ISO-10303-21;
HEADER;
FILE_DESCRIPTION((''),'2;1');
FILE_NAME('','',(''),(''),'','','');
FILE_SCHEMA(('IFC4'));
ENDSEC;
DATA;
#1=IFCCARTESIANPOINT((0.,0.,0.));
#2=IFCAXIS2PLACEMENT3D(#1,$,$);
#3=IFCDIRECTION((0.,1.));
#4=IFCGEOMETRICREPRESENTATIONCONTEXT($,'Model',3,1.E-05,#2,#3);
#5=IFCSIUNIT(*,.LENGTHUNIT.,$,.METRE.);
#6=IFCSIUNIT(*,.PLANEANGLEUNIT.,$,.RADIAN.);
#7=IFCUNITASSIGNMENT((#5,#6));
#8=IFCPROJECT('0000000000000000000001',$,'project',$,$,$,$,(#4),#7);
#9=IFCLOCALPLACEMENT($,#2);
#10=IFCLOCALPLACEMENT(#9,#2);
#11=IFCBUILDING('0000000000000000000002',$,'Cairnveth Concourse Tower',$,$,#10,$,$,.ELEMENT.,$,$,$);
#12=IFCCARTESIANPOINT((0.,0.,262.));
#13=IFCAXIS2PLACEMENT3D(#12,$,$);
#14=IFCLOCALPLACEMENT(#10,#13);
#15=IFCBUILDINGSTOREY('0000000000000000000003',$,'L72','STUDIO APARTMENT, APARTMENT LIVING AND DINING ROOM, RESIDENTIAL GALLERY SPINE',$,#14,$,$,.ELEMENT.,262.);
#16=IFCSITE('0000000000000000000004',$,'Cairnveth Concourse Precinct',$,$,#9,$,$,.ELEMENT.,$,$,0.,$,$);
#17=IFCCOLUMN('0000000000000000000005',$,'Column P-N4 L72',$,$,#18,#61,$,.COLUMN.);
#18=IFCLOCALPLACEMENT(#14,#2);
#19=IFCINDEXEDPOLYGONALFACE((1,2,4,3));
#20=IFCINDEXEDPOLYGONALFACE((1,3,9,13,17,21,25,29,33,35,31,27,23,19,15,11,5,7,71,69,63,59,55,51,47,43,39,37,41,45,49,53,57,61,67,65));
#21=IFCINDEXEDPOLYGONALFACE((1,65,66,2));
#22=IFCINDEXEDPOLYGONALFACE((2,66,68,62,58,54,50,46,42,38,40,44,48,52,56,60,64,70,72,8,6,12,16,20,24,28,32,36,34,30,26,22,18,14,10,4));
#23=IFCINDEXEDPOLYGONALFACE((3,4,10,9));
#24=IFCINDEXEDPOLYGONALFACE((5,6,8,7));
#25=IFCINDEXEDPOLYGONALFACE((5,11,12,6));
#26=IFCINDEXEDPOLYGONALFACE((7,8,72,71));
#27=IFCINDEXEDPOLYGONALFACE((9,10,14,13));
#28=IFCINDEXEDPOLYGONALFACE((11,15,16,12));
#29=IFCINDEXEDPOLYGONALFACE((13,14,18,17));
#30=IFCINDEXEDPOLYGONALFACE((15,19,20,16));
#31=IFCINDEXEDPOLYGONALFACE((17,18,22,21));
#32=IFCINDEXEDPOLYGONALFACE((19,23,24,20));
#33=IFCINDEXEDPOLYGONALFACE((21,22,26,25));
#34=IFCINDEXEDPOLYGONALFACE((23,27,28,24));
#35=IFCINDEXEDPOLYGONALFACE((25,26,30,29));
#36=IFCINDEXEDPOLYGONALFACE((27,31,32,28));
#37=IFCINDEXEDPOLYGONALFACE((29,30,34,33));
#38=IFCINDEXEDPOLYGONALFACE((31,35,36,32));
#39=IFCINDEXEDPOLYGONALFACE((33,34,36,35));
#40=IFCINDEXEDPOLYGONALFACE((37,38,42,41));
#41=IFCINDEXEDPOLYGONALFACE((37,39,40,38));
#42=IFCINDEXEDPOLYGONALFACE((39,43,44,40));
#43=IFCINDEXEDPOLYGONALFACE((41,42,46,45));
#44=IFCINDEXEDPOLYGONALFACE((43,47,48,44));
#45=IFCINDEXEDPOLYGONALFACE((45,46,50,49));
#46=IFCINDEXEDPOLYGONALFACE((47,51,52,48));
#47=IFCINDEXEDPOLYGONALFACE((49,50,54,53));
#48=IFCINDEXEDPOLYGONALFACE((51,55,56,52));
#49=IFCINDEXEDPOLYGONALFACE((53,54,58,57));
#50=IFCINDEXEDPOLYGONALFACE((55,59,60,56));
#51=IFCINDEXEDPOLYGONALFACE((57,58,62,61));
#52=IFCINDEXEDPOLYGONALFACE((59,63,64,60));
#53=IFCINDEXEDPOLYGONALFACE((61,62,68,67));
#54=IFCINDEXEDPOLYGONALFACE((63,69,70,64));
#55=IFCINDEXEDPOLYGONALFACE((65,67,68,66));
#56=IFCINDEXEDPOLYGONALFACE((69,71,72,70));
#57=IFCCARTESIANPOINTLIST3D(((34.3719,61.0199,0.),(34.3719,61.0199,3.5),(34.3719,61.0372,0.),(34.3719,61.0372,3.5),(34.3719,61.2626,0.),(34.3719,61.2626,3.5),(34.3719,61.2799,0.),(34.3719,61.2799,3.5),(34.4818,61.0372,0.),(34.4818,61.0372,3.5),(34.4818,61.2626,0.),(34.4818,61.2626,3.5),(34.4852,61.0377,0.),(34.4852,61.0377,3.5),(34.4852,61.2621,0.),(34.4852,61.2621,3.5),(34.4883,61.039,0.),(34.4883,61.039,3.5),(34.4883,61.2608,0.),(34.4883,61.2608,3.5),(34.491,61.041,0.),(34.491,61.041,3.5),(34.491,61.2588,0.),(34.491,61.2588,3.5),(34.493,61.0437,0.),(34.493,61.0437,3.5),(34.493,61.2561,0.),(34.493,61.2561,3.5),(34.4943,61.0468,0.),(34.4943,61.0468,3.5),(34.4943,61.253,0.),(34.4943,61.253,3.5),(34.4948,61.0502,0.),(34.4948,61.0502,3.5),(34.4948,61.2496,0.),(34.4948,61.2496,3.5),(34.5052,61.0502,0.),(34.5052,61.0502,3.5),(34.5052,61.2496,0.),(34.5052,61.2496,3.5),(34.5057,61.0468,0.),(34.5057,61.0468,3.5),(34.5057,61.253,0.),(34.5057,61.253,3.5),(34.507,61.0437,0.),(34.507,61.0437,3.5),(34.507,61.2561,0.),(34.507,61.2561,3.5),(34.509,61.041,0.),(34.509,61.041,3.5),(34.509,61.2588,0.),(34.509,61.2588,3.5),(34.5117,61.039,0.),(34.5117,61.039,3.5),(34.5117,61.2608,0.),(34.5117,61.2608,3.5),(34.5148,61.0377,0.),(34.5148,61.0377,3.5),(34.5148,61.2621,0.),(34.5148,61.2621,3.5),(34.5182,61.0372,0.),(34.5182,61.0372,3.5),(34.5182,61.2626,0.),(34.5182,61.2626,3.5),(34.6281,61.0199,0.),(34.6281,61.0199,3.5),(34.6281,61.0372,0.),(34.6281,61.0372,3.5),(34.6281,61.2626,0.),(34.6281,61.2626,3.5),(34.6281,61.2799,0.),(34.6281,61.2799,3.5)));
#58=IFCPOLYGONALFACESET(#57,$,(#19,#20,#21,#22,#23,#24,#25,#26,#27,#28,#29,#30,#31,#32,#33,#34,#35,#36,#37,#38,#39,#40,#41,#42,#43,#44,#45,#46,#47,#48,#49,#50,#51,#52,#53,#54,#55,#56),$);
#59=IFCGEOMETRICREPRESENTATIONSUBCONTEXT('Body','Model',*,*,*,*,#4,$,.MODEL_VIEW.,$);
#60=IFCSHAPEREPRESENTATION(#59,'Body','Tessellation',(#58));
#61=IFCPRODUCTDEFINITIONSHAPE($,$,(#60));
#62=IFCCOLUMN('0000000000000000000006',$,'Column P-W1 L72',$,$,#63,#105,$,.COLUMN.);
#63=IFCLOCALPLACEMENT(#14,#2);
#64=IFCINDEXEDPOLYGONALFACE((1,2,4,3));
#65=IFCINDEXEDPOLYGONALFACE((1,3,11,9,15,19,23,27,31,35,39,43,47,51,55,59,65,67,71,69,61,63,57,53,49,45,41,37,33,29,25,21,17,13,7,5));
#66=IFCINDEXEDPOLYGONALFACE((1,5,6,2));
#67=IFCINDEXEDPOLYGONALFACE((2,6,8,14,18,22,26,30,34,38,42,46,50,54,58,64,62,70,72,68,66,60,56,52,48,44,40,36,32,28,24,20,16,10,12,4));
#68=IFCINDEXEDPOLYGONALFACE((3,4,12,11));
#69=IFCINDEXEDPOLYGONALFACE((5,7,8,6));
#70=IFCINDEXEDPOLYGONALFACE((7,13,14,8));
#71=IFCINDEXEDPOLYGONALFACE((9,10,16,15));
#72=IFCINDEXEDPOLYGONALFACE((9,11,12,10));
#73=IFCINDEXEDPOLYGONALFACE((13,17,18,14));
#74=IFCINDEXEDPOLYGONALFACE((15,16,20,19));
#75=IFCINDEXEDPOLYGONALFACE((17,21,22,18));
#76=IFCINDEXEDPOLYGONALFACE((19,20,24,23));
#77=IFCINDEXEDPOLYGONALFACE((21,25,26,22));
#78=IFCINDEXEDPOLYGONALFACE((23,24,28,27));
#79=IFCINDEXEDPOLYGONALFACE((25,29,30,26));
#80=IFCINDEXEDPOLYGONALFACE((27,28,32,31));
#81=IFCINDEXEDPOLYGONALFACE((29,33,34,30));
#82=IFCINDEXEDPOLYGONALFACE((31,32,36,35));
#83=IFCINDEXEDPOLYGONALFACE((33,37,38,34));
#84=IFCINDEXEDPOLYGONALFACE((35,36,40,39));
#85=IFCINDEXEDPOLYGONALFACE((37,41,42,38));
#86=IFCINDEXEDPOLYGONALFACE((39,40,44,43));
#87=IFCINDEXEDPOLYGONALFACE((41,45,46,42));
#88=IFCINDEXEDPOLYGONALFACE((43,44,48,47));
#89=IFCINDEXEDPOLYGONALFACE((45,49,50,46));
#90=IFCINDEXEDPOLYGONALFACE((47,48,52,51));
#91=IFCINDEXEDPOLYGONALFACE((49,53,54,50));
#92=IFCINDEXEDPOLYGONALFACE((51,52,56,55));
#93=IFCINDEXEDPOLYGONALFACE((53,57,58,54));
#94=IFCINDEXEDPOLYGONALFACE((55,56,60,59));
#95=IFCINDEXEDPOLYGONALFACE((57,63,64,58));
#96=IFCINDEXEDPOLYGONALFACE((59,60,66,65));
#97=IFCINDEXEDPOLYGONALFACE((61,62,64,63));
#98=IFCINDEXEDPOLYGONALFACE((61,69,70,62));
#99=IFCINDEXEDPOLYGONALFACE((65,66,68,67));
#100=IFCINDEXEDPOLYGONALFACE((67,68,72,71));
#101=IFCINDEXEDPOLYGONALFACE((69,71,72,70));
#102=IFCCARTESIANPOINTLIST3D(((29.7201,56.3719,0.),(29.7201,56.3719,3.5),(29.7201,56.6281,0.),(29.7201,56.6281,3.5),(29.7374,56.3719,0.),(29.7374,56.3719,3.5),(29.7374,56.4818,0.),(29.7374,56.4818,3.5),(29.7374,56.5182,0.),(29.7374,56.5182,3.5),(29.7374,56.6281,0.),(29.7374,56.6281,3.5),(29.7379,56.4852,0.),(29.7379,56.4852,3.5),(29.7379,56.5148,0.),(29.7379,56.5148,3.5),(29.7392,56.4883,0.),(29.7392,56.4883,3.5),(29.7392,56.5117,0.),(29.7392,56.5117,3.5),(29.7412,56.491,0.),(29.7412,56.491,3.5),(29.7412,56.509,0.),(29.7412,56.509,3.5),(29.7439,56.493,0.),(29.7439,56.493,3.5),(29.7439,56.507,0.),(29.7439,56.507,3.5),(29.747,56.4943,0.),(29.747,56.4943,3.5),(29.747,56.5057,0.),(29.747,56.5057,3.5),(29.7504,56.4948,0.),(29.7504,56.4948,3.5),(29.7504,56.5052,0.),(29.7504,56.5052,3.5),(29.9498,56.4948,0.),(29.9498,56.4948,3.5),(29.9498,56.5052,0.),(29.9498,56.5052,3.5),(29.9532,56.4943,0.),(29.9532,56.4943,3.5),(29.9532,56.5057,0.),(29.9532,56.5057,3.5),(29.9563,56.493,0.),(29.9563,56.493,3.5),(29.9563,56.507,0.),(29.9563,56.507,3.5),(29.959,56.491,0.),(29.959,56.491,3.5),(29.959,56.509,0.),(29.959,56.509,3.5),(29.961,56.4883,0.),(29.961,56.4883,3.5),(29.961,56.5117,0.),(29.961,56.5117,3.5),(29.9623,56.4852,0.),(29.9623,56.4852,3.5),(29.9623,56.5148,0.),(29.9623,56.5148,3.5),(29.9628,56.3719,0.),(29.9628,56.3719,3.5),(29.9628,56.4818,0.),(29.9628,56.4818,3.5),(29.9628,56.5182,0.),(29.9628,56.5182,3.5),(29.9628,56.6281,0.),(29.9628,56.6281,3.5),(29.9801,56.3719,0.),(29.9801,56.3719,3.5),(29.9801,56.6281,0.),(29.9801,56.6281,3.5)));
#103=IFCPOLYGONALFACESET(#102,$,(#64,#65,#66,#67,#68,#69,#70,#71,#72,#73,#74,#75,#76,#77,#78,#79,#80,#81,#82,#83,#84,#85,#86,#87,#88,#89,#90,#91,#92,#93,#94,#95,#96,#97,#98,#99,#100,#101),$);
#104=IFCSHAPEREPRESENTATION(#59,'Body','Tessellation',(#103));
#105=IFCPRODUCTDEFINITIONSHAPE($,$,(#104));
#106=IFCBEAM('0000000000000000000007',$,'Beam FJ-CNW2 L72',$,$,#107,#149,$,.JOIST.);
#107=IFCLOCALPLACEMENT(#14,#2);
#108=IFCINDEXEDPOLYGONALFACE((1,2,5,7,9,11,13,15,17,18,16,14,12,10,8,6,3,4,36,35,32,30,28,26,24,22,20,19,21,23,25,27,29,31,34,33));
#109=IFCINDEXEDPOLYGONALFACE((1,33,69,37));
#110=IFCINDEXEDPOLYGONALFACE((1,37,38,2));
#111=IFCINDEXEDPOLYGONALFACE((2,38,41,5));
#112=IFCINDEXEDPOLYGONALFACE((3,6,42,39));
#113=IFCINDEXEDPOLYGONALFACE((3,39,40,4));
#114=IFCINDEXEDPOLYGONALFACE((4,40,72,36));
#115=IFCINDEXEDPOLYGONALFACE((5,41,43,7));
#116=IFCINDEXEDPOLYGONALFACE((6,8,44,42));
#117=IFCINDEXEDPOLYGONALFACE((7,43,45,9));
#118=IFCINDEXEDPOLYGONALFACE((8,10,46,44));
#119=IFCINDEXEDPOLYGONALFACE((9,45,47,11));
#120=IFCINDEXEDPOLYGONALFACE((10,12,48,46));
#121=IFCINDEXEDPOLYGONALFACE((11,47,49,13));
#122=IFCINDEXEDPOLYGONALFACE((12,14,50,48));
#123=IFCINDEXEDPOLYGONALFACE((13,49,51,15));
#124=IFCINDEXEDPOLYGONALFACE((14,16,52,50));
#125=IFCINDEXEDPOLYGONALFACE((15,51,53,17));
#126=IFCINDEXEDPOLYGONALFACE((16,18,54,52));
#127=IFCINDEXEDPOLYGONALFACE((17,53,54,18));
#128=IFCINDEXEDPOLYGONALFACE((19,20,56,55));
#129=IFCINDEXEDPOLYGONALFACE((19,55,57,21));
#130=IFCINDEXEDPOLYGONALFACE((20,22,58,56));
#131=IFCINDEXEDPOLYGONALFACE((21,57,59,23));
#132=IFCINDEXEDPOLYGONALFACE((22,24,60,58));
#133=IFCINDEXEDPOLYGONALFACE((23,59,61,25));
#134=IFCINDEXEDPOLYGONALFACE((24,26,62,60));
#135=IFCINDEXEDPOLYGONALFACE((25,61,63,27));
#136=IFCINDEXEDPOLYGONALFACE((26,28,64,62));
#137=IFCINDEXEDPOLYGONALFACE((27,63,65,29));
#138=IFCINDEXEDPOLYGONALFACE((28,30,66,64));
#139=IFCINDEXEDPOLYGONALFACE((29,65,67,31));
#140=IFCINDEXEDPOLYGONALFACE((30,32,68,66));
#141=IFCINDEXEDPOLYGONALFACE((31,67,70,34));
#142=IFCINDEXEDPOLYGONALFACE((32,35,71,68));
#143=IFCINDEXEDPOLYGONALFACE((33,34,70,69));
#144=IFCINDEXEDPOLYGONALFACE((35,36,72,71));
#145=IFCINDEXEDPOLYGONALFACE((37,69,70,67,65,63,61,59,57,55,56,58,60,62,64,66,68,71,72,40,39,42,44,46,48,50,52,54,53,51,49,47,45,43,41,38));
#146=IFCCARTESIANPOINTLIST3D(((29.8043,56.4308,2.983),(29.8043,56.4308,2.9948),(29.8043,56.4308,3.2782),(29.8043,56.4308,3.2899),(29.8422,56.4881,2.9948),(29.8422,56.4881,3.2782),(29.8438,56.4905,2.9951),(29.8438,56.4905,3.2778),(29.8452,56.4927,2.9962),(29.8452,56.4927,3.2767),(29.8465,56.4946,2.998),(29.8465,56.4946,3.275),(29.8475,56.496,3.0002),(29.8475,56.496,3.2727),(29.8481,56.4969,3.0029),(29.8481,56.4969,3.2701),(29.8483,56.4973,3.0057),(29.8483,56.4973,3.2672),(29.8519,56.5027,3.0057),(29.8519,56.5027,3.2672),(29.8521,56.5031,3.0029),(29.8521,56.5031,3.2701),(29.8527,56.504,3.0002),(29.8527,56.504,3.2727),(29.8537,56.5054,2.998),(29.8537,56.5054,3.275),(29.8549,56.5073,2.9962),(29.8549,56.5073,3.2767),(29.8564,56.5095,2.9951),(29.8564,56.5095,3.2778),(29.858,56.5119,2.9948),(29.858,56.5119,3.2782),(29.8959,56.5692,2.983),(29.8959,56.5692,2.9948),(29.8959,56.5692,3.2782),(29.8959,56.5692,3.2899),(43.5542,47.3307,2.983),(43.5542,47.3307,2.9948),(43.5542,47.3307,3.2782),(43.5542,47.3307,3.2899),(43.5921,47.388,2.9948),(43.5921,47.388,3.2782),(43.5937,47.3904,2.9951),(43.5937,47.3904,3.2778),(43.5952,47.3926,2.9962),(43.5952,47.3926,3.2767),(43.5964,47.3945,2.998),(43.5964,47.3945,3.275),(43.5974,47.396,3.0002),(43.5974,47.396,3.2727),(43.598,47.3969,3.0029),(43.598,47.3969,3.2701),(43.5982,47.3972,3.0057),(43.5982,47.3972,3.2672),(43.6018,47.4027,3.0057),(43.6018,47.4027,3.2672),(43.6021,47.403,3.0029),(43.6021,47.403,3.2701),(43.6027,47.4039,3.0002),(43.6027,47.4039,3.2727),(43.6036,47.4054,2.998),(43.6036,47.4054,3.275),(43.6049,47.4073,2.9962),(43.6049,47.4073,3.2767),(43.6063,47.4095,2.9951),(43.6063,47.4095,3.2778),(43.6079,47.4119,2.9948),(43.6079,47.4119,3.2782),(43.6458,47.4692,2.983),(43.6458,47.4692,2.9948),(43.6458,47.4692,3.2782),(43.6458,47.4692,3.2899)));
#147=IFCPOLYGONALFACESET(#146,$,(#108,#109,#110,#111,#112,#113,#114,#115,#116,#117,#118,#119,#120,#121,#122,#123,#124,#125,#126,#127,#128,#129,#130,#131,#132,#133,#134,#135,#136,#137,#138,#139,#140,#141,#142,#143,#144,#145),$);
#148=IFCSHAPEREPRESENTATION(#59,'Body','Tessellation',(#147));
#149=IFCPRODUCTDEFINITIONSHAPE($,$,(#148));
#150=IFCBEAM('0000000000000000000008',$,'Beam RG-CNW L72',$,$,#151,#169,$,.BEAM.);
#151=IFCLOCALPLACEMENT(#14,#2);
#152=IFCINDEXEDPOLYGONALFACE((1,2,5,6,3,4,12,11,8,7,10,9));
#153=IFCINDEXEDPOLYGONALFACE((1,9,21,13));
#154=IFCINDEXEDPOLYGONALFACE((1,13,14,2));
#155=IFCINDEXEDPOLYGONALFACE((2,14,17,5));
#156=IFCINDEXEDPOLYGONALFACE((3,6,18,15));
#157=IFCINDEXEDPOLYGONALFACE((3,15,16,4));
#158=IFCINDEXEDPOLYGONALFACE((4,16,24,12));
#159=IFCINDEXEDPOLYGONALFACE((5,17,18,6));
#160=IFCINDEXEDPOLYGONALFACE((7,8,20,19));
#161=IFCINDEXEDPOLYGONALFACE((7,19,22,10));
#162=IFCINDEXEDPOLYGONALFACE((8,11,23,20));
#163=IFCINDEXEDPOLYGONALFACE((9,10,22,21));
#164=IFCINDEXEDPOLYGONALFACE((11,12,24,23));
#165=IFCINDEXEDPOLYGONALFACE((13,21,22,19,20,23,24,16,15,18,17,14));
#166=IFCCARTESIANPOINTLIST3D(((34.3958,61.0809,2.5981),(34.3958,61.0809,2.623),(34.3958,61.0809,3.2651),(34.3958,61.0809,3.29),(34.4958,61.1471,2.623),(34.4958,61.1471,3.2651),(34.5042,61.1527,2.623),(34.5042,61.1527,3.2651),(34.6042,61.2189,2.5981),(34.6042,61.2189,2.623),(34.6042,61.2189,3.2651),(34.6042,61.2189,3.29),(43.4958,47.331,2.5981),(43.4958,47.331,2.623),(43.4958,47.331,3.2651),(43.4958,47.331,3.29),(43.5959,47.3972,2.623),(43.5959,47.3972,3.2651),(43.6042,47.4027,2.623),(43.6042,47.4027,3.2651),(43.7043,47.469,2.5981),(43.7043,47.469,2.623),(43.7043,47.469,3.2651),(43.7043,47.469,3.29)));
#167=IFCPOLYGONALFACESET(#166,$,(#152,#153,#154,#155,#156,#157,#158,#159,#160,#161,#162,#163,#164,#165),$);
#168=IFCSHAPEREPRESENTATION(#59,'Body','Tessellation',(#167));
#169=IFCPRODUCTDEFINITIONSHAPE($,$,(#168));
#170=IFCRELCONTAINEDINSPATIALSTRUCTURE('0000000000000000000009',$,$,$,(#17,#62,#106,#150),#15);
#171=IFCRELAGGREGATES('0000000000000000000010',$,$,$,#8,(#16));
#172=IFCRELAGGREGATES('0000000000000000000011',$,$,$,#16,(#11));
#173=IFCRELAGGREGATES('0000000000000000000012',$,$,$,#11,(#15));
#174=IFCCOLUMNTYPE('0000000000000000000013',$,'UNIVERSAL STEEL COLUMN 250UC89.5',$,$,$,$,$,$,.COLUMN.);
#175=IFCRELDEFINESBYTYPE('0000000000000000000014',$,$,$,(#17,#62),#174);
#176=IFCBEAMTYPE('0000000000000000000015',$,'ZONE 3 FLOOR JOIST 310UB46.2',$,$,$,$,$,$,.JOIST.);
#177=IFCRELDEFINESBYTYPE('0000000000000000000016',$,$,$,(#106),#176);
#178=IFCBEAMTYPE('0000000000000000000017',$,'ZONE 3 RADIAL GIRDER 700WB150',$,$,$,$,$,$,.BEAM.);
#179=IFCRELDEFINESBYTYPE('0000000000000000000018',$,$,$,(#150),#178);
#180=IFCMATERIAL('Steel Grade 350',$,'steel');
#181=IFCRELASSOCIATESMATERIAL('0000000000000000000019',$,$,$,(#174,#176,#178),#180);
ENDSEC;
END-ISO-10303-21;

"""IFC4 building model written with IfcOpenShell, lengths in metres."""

from ifc_helpers import new_model, si_unit, direction, frame, origin, origin_2d, place, context, subcontext, project, spatial, i_section, extrude, material, material_profile, profile_set, type_object, element, save


model = new_model("IFC4")

# Units and contexts
model_context = context("Model", 3, precision=1e-05, world=origin(), true_north=direction((0.0, 1.0)))
body_context = subcontext(model_context, "Body", "Model", "MODEL_VIEW")
ifc_project = project(units=[si_unit("LENGTHUNIT", "METRE"), si_unit("PLANEANGLEUNIT", "RADIAN")], contexts=[model_context])

# Site, building, storey
site_placement = place(None, origin())
site = spatial("IfcSite", under=ifc_project, at=site_placement, Name="Cairnveth Concourse Precinct", CompositionType="ELEMENT", RefElevation=0.0)
building_placement = place(site_placement, origin())
building = spatial("IfcBuilding", under=site, at=building_placement, Name="Cairnveth Concourse Tower", CompositionType="ELEMENT")
storey_placement = place(building_placement, frame((0.0, 0.0, 262.0)))
storey = spatial("IfcBuildingStorey", under=building, at=storey_placement, Name="L72", Description="STUDIO APARTMENT, APARTMENT LIVING AND DINING ROOM, RESIDENTIAL GALLERY SPINE", CompositionType="ELEMENT", Elevation=262.0)

# Columns
ifc_material_1 = material(Name="Steel Grade 350", Category="steel")
ifc_material_profile_1 = material_profile(ifc_material_1, i_section(OverallWidth=0.2561, OverallDepth=0.26, WebThickness=0.0105, FlangeThickness=0.0173, FilletRadius=0.0129, at=origin_2d()), Name="250UC89.5")
ifc_profile_set_1 = profile_set([ifc_material_profile_1], Name="Steel Grade 350")
column_type = type_object("IfcColumnType", Name="UNIVERSAL STEEL COLUMN 250UC89.5", PredefinedType="COLUMN", material=ifc_profile_set_1)
for number, where, z_axis, x_axis, name in (
    (1, (34.5, 61.1499, 0.0), (0.0, 0.0, 1.0), (1.0, 0.0, 0.0), "Column P-N4 L72"),
    (2, (29.8501, 56.5, 0.0), (0.0, 0.0, 1.0), (0.0, 1.0, 0.0), "Column P-W1 L72"),
):
    element("IfcColumn", number, at=place(storey_placement, frame(where, z_axis=z_axis, x_axis=x_axis)), inside=storey, type_object=column_type, Name=name, PredefinedType="COLUMN", context=body_context, shape_type="SweptSolid", body=[
        extrude(i_section(OverallWidth=0.2561, OverallDepth=0.26, WebThickness=0.0105, FlangeThickness=0.0173, FilletRadius=0.0129, at=origin_2d()), origin(), (0.0, 0.0, 1.0), 3.5),
    ])

# Beams
ifc_material_profile_2 = material_profile(ifc_material_1, i_section(OverallWidth=0.166, OverallDepth=0.3069, WebThickness=0.0066, FlangeThickness=0.0117, FilletRadius=0.011, at=origin_2d()), Name="310UB46.2")
ifc_profile_set_2 = profile_set([ifc_material_profile_2], Name="Steel Grade 350")
beam_type_1 = type_object("IfcBeamType", Name="ZONE 3 FLOOR JOIST 310UB46.2", PredefinedType="JOIST", material=ifc_profile_set_2)
beam_1_placement = place(storey_placement, frame((29.8501, 56.5, 3.1365), z_axis=(0.833909, -0.551902, 0.0), x_axis=(0.551902, 0.833909, 0.0)))
element("IfcBeam", 3, at=beam_1_placement, inside=storey, type_object=beam_type_1, Name="Beam FJ-CNW2 L72", PredefinedType="JOIST", context=body_context, shape_type="SweptSolid", body=[
    extrude(i_section(OverallWidth=0.166, OverallDepth=0.3069, WebThickness=0.0066, FlangeThickness=0.0117, FilletRadius=0.011, at=origin_2d()), origin(), (0.0, 0.0, 1.0), 16.4885),
])
ifc_material_profile_3 = material_profile(ifc_material_1, i_section(OverallWidth=0.25, OverallDepth=0.6919, WebThickness=0.01, FlangeThickness=0.0249, at=origin_2d()), Name="700WB150")
ifc_profile_set_3 = profile_set([ifc_material_profile_3], Name="Steel Grade 350")
beam_type_2 = type_object("IfcBeamType", Name="ZONE 3 RADIAL GIRDER 700WB150", PredefinedType="BEAM", material=ifc_profile_set_3)
beam_2_placement = place(storey_placement, frame((34.5, 61.1499, 2.9441), z_axis=(0.551902, -0.833909, 0.0), x_axis=(0.833909, 0.551902, 0.0)))
element("IfcBeam", 4, at=beam_2_placement, inside=storey, type_object=beam_type_2, Name="Beam RG-CNW L72", PredefinedType="BEAM", context=body_context, shape_type="SweptSolid", body=[
    extrude(i_section(OverallWidth=0.25, OverallDepth=0.6919, WebThickness=0.01, FlangeThickness=0.0249, at=origin_2d()), origin(), (0.0, 0.0, 1.0), 16.4885),
])

save(model, "model.ifc")
